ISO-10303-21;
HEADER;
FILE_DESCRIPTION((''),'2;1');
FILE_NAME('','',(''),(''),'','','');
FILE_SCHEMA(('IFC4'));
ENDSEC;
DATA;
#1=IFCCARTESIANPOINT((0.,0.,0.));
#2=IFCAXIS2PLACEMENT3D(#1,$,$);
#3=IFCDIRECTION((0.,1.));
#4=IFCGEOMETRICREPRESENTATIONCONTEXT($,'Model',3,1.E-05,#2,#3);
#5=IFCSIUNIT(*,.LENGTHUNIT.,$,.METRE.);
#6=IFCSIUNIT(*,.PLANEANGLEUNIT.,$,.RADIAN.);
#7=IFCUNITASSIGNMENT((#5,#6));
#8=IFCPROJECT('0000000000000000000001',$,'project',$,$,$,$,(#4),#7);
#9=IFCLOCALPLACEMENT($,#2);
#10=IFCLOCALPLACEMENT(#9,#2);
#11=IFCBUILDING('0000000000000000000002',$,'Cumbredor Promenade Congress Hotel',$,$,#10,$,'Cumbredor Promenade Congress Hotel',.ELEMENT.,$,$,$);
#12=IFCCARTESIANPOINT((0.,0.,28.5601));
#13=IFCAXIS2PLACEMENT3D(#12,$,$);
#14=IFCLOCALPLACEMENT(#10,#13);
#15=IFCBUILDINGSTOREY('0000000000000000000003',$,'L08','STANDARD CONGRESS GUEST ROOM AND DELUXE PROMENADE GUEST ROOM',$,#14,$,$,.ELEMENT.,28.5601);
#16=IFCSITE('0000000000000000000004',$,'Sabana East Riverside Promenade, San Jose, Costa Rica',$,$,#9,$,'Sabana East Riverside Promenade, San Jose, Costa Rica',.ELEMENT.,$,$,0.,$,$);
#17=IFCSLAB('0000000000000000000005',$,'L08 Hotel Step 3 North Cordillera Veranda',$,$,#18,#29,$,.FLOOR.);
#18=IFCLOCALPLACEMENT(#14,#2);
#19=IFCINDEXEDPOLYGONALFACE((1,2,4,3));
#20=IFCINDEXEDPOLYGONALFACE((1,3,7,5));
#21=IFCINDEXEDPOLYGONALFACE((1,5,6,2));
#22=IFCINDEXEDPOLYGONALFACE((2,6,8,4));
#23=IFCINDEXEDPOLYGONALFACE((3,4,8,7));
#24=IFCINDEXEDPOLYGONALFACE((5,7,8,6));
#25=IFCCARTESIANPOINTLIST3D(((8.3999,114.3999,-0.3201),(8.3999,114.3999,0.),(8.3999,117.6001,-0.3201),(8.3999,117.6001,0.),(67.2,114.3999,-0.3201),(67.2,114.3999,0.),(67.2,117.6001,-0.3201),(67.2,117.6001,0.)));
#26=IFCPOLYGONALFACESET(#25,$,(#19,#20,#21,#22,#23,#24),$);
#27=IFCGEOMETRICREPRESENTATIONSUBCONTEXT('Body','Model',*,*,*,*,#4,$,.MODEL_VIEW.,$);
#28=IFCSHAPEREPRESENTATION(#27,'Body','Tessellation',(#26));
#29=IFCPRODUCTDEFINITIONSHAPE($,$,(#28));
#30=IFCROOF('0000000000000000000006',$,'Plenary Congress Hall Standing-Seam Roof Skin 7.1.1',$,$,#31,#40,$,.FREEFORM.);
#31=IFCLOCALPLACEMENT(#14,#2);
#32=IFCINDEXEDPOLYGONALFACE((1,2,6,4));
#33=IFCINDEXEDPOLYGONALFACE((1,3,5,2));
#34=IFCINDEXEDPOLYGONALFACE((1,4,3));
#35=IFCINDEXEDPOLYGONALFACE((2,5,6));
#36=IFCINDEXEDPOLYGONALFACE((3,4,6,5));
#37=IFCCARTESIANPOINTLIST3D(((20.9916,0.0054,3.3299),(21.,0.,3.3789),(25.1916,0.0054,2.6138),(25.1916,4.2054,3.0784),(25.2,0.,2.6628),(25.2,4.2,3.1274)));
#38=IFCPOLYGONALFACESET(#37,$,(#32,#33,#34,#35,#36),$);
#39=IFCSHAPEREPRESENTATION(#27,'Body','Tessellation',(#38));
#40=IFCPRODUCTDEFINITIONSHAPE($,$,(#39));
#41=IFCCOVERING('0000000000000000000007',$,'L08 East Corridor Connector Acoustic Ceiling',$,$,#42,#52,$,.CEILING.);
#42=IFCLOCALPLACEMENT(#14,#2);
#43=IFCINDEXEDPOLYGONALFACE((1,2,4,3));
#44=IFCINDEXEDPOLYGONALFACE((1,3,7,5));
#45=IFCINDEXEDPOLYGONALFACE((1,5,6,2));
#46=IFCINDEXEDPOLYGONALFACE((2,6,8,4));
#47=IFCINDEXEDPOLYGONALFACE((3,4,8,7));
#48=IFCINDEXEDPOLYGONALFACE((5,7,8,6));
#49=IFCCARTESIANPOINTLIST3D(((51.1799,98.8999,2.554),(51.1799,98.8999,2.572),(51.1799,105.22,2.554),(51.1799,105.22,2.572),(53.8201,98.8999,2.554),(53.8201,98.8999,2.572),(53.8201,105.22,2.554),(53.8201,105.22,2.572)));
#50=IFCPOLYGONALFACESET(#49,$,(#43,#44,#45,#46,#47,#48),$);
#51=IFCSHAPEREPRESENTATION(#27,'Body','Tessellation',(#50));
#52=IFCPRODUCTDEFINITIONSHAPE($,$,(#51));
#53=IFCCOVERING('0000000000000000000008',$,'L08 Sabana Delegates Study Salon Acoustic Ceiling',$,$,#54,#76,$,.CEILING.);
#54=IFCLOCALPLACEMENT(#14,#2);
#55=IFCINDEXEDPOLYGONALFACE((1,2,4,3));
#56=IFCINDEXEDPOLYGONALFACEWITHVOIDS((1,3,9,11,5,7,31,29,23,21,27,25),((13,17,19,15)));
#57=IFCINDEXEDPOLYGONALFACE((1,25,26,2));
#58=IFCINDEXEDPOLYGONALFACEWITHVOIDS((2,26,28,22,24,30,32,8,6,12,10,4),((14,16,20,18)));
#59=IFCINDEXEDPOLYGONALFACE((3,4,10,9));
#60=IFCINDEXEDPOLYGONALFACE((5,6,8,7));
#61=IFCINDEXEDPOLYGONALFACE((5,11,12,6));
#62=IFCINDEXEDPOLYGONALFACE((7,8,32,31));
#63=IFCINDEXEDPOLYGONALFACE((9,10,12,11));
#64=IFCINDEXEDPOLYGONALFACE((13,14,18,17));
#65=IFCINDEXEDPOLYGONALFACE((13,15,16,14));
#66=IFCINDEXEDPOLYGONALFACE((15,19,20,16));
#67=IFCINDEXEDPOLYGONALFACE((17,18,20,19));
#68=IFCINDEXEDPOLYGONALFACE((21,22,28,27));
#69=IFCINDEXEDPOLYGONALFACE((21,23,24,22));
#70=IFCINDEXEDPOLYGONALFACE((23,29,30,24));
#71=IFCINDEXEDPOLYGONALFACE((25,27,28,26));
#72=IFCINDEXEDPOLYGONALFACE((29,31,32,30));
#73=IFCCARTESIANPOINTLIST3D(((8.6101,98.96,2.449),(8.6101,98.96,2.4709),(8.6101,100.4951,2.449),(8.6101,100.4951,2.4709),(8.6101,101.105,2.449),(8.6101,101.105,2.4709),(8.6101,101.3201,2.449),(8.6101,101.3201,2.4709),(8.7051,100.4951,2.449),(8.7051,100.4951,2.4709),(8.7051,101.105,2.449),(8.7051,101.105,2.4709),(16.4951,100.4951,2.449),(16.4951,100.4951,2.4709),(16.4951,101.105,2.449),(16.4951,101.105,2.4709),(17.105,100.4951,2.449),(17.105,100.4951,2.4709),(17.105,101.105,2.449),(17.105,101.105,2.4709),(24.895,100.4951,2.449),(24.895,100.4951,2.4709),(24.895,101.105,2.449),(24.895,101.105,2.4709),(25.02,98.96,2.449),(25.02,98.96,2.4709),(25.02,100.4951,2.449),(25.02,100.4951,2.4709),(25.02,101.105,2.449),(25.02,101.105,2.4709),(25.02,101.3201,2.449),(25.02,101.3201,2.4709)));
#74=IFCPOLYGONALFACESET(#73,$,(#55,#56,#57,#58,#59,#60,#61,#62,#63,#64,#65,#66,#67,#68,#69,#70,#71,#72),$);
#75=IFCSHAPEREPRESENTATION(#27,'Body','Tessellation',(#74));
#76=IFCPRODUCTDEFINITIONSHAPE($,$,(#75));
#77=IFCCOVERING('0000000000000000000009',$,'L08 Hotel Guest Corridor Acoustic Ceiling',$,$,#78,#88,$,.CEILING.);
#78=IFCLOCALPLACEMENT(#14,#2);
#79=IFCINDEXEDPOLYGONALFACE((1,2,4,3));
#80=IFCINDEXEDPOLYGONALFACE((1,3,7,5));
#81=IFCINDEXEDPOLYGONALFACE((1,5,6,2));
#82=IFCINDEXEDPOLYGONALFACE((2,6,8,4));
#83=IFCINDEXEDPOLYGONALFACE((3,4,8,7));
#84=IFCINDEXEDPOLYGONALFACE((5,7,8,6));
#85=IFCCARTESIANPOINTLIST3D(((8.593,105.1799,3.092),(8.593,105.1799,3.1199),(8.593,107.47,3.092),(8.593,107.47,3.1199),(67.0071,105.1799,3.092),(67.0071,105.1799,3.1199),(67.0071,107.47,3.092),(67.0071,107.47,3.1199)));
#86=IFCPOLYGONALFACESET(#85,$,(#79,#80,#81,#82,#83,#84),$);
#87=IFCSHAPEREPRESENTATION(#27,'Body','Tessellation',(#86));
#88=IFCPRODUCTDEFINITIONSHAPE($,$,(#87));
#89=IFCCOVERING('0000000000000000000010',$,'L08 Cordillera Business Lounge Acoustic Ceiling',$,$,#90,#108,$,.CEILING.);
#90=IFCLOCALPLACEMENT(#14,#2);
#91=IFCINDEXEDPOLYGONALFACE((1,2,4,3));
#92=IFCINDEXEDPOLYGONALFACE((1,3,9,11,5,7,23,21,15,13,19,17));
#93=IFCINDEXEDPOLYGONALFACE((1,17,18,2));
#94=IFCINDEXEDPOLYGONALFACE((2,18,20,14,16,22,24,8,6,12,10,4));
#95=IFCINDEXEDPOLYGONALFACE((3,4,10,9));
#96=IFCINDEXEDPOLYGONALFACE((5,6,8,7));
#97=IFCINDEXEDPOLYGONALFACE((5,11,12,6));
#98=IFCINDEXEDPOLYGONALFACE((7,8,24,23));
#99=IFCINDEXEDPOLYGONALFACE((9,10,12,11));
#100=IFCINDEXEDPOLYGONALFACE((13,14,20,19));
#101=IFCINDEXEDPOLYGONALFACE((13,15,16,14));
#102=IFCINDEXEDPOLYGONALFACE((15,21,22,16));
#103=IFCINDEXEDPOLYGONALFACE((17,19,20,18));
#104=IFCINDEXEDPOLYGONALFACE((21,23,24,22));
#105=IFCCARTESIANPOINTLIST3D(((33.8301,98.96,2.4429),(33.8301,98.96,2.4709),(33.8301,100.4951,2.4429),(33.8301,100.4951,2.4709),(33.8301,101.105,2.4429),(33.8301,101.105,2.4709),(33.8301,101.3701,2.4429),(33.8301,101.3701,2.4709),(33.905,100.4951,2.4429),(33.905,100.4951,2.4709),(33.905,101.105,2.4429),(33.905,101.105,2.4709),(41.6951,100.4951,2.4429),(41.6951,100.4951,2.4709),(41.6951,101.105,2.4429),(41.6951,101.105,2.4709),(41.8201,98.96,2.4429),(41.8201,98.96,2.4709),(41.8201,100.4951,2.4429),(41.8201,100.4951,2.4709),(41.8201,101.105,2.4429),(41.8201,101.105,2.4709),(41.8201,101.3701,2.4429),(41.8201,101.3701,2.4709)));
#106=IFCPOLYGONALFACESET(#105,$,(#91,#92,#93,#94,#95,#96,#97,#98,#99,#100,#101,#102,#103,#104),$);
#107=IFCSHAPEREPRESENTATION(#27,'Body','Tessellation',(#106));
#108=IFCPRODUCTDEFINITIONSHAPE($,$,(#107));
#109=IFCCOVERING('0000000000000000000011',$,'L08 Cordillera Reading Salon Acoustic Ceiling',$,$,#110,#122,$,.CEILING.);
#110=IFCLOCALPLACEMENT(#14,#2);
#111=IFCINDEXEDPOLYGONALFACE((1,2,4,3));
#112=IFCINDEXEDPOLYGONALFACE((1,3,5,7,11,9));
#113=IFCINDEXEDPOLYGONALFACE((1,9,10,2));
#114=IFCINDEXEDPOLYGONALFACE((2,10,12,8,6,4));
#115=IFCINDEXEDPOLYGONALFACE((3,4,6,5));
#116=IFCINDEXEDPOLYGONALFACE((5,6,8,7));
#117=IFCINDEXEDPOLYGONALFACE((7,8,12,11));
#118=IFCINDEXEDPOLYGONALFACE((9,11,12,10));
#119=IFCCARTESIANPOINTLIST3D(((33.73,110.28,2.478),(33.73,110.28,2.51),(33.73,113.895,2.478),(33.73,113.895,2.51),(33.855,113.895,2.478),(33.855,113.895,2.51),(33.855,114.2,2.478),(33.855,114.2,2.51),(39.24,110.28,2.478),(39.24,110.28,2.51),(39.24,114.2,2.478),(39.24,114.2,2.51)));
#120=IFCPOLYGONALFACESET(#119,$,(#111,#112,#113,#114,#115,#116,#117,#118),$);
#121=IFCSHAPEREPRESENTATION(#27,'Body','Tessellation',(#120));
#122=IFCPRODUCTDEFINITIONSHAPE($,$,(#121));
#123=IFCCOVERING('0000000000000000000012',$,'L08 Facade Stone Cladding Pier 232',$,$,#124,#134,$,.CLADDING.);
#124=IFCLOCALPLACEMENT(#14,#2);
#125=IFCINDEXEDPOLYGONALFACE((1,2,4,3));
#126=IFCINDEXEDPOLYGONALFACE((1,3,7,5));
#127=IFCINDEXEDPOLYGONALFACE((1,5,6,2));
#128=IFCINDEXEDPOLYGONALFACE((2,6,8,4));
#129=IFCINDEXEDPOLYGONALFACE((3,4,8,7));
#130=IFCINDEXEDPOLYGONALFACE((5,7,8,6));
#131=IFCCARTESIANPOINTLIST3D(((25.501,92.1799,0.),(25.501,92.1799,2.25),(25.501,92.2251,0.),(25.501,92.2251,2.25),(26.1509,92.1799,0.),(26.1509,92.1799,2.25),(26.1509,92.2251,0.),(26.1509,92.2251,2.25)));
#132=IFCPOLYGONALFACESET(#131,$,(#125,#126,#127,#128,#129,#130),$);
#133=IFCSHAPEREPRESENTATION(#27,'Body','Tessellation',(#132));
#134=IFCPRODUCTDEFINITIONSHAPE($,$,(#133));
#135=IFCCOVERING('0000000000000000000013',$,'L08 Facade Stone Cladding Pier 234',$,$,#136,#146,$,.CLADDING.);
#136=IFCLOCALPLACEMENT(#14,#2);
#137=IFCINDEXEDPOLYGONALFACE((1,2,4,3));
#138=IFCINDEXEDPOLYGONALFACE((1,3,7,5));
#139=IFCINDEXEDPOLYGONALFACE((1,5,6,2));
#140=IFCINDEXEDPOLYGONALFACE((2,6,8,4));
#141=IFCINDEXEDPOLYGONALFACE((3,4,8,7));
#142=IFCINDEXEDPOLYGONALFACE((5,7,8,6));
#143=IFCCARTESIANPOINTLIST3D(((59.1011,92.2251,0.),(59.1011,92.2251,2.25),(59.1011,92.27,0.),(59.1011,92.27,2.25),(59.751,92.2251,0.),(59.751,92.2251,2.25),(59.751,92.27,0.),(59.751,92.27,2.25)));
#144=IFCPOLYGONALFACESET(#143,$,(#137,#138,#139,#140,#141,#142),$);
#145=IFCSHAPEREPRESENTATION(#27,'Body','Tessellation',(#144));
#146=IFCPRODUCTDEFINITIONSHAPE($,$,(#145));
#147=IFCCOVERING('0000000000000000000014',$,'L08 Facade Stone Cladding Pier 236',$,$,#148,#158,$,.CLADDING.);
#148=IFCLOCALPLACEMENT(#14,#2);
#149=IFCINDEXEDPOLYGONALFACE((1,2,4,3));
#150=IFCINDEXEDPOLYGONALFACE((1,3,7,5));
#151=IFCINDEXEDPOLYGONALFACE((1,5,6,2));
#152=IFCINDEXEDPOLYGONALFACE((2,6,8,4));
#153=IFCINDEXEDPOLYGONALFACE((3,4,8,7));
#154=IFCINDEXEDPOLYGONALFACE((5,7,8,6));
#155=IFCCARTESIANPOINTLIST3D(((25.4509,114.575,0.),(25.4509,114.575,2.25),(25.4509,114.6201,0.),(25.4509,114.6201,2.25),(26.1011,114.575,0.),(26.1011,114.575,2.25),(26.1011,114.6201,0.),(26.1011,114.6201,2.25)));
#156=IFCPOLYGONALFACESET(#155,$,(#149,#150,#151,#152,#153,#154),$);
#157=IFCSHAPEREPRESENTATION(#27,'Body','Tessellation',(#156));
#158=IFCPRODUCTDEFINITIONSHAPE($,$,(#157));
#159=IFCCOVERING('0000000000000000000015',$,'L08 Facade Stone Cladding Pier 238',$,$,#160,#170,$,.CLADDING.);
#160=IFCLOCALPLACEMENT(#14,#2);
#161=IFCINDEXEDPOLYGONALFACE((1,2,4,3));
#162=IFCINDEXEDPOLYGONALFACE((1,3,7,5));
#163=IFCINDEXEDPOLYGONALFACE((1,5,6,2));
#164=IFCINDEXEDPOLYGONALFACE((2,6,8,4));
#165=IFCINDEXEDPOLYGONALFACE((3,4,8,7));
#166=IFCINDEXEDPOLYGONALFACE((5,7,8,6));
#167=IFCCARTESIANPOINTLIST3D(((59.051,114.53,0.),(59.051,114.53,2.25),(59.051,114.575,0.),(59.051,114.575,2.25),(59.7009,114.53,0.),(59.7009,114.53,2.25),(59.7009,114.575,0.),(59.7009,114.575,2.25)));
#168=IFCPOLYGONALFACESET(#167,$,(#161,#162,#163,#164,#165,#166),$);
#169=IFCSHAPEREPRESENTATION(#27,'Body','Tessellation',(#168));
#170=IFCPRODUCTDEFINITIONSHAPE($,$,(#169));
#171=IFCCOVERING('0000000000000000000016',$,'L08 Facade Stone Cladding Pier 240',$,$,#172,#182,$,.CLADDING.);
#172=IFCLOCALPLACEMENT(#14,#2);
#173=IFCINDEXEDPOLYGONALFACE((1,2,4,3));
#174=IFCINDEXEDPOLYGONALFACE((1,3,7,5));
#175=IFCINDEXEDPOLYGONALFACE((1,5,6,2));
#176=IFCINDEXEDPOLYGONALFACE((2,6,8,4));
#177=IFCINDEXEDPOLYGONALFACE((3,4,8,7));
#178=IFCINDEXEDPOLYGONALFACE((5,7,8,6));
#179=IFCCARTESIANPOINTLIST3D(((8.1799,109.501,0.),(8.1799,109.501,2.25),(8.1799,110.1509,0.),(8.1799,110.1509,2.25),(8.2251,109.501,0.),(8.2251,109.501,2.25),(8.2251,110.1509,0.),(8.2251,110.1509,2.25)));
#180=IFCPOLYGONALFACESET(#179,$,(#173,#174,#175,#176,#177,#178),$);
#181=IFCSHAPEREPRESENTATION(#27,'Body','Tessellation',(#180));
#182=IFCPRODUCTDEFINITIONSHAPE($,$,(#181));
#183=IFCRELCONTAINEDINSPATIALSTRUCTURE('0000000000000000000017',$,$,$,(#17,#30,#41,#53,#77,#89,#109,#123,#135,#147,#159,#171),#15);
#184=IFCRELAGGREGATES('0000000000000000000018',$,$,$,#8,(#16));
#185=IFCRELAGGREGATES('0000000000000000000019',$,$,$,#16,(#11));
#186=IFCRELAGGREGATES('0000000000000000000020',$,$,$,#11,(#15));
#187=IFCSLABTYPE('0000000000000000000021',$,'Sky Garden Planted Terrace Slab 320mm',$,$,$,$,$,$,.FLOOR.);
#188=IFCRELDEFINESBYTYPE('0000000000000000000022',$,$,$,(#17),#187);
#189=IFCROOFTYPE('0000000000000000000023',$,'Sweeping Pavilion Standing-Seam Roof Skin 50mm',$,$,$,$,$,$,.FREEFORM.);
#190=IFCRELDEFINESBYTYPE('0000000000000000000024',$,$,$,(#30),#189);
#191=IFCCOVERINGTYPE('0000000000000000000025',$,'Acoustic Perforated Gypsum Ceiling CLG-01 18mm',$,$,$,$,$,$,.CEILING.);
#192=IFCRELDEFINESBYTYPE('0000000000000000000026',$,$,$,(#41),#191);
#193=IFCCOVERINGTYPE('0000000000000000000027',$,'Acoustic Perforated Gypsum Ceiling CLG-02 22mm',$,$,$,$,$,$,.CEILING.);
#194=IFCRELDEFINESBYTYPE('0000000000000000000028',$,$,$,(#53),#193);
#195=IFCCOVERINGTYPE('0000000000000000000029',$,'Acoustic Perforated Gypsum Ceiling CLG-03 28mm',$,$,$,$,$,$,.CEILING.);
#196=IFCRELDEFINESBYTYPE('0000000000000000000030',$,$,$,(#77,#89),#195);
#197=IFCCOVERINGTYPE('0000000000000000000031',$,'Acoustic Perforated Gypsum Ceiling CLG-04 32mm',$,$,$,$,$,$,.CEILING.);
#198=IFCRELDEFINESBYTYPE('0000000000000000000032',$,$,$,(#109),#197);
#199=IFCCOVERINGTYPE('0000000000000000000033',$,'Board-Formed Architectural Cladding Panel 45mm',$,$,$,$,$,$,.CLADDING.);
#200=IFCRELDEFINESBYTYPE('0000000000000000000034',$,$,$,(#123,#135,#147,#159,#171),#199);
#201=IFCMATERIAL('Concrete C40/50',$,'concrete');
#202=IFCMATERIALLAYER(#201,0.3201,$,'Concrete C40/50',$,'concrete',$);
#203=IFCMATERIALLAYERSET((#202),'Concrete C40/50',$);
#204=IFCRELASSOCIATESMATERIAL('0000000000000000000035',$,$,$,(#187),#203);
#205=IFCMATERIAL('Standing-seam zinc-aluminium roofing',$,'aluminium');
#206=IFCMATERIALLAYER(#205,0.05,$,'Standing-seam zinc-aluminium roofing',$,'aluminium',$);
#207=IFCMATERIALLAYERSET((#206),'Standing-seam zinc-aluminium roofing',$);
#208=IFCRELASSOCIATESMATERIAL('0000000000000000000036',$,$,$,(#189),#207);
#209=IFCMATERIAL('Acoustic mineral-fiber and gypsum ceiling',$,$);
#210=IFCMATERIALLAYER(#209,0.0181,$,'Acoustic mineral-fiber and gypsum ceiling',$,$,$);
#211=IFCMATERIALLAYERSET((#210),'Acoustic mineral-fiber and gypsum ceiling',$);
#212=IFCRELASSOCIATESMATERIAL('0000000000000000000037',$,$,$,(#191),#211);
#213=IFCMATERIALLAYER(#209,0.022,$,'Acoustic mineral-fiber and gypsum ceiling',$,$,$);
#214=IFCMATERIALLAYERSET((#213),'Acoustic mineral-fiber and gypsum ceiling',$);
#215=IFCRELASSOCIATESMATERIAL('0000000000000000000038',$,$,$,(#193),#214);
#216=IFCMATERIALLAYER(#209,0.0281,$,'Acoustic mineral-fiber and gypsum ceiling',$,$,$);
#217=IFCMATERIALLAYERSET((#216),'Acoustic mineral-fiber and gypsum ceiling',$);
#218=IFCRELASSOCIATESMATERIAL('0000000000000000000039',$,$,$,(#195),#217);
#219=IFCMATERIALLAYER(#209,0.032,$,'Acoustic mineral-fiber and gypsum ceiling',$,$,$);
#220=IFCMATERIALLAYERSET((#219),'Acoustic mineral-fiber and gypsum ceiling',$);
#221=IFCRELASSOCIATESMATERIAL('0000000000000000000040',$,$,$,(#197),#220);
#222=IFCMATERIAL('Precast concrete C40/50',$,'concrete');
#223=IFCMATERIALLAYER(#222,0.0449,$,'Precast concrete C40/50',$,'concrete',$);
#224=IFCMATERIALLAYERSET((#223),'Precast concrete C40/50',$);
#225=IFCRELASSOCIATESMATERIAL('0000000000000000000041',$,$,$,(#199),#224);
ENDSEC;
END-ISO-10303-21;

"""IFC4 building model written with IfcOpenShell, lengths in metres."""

from ifc_helpers import new_model, si_unit, direction, frame, origin, place, context, subcontext, project, spatial, polyline, outline, extrude, material, layer, layer_set, type_object, element, save


model = new_model("IFC4")

# Units and contexts
model_context = context("Model", 3, precision=1e-05, world=origin(), true_north=direction((0.0, 1.0)))
body_context = subcontext(model_context, "Body", "Model", "MODEL_VIEW")
ifc_project = project(units=[si_unit("LENGTHUNIT", "METRE"), si_unit("PLANEANGLEUNIT", "RADIAN")], contexts=[model_context])

# Site, building, storey
site_placement = place(None, origin())
site = spatial("IfcSite", under=ifc_project, at=site_placement, Name="Sabana East Riverside Promenade, San Jose, Costa Rica", LongName="Sabana East Riverside Promenade, San Jose, Costa Rica", CompositionType="ELEMENT", RefElevation=0.0)
building_placement = place(site_placement, origin())
building = spatial("IfcBuilding", under=site, at=building_placement, Name="Cumbredor Promenade Congress Hotel", LongName="Cumbredor Promenade Congress Hotel", CompositionType="ELEMENT")
storey_placement = place(building_placement, frame((0.0, 0.0, 28.5601)))
storey = spatial("IfcBuildingStorey", under=building, at=storey_placement, Name="L08", Description="STANDARD CONGRESS GUEST ROOM AND DELUXE PROMENADE GUEST ROOM", CompositionType="ELEMENT", Elevation=28.5601)

# Shared definitions
ifc_material_1 = material(Name="Concrete C40/50", Category="concrete")

# Slab
ifc_layer_1 = layer(ifc_material_1, 0.3201, Name="Concrete C40/50", Category="concrete")
ifc_layer_set_1 = layer_set([ifc_layer_1], Name="Concrete C40/50")
slab_type_1 = type_object("IfcSlabType", Name="Sky Garden Planted Terrace Slab 320mm", PredefinedType="FLOOR", material=ifc_layer_set_1)
slab_1_placement = place(storey_placement, frame((0.0, 0.0, -0.3201)))
element("IfcSlab", 1, at=slab_1_placement, inside=storey, type_object=slab_type_1, Name="L08 Hotel Step 3 North Cordillera Veranda", PredefinedType="FLOOR", context=body_context, shape_type="SweptSolid", body=[
    extrude(outline(polyline([(8.3999, 114.3999), (67.2, 114.3999), (67.2, 117.6001), (8.3999, 117.6001), (8.3999, 114.3999)])), origin(), (0.0, 0.0, 1.0), 0.3201),
])

# Roof
ifc_material_2 = material(Name="Standing-seam zinc-aluminium roofing", Category="aluminium")
ifc_layer_2 = layer(ifc_material_2, 0.05, Name="Standing-seam zinc-aluminium roofing", Category="aluminium")
ifc_layer_set_2 = layer_set([ifc_layer_2], Name="Standing-seam zinc-aluminium roofing")
roof_type = type_object("IfcRoofType", Name="Sweeping Pavilion Standing-Seam Roof Skin 50mm", PredefinedType="FREEFORM", material=ifc_layer_set_2)
roof_placement = place(storey_placement, frame((21.0, 0.0, 3.3789), z_axis=(0.167078, -0.108404, 0.979966), x_axis=(0.985775, 0.0, -0.168068)))
element("IfcRoof", 2, at=roof_placement, inside=storey, type_object=roof_type, Name="Plenary Congress Hall Standing-Seam Roof Skin 7.1.1", PredefinedType="FREEFORM", context=body_context, shape_type="SweptSolid", body=[
    extrude(outline(polyline([(0.0, 0.0), (4.2606, 0.0), (4.1825, 4.2248), (0.0, 0.0)])), origin(), (0.0, 0.0, -1.0), 0.05),
])

# Coverings
ifc_material_3 = material(Name="Acoustic mineral-fiber and gypsum ceiling")
ifc_layer_3 = layer(ifc_material_3, 0.0181, Name="Acoustic mineral-fiber and gypsum ceiling")
ifc_layer_set_3 = layer_set([ifc_layer_3], Name="Acoustic mineral-fiber and gypsum ceiling")
covering_type_1 = type_object("IfcCoveringType", Name="Acoustic Perforated Gypsum Ceiling CLG-01 18mm", PredefinedType="CEILING", material=ifc_layer_set_3)
covering_1_placement = place(storey_placement, frame((0.0, 0.0, 2.554)))
element("IfcCovering", 3, at=covering_1_placement, inside=storey, type_object=covering_type_1, Name="L08 East Corridor Connector Acoustic Ceiling", PredefinedType="CEILING", context=body_context, shape_type="SweptSolid", body=[
    extrude(outline(polyline([(53.8201, 98.8999), (53.8201, 105.22), (51.1799, 105.22), (51.1799, 98.8999), (53.8201, 98.8999)])), origin(), (0.0, 0.0, 1.0), 0.0181),
])
ifc_layer_4 = layer(ifc_material_3, 0.022, Name="Acoustic mineral-fiber and gypsum ceiling")
ifc_layer_set_4 = layer_set([ifc_layer_4], Name="Acoustic mineral-fiber and gypsum ceiling")
covering_type_2 = type_object("IfcCoveringType", Name="Acoustic Perforated Gypsum Ceiling CLG-02 22mm", PredefinedType="CEILING", material=ifc_layer_set_4)
covering_2_placement = place(storey_placement, frame((0.0, 0.0, 2.449)))
element("IfcCovering", 4, at=covering_2_placement, inside=storey, type_object=covering_type_2, Name="L08 Sabana Delegates Study Salon Acoustic Ceiling", PredefinedType="CEILING", context=body_context, shape_type="SweptSolid", body=[
    extrude(outline(polyline([(25.02, 101.105), (24.895, 101.105), (24.895, 100.4951), (25.02, 100.4951), (25.02, 98.96), (8.6101, 98.96), (8.6101, 100.4951), (8.7051, 100.4951), (8.7051, 101.105), (8.6101, 101.105), (8.6101, 101.3201), (25.02, 101.3201), (25.02, 101.105)]), holes=[polyline([(16.4951, 101.105), (16.4951, 100.4951), (17.105, 100.4951), (17.105, 101.105), (16.4951, 101.105)])]), origin(), (0.0, 0.0, 1.0), 0.022),
])
ifc_layer_5 = layer(ifc_material_3, 0.0281, Name="Acoustic mineral-fiber and gypsum ceiling")
ifc_layer_set_5 = layer_set([ifc_layer_5], Name="Acoustic mineral-fiber and gypsum ceiling")
covering_type_3 = type_object("IfcCoveringType", Name="Acoustic Perforated Gypsum Ceiling CLG-03 28mm", PredefinedType="CEILING", material=ifc_layer_set_5)
covering_3_placement = place(storey_placement, frame((0.0, 0.0, 3.092)))
element("IfcCovering", 5, at=covering_3_placement, inside=storey, type_object=covering_type_3, Name="L08 Hotel Guest Corridor Acoustic Ceiling", PredefinedType="CEILING", context=body_context, shape_type="SweptSolid", body=[
    extrude(outline(polyline([(67.0071, 105.1799), (67.0071, 107.47), (8.593, 107.47), (8.593, 105.1799), (67.0071, 105.1799)])), origin(), (0.0, 0.0, 1.0), 0.0278),
])
covering_4_placement = place(storey_placement, frame((0.0, 0.0, 2.4429)))
element("IfcCovering", 6, at=covering_4_placement, inside=storey, type_object=covering_type_3, Name="L08 Cordillera Business Lounge Acoustic Ceiling", PredefinedType="CEILING", context=body_context, shape_type="SweptSolid", body=[
    extrude(outline(polyline([(41.8201, 101.3701), (41.8201, 101.105), (41.6951, 101.105), (41.6951, 100.4951), (41.8201, 100.4951), (41.8201, 98.96), (33.8301, 98.96), (33.8301, 100.4951), (33.905, 100.4951), (33.905, 101.105), (33.8301, 101.105), (33.8301, 101.3701), (41.8201, 101.3701)])), origin(), (0.0, 0.0, 1.0), 0.0281),
])
ifc_layer_6 = layer(ifc_material_3, 0.032, Name="Acoustic mineral-fiber and gypsum ceiling")
ifc_layer_set_6 = layer_set([ifc_layer_6], Name="Acoustic mineral-fiber and gypsum ceiling")
covering_type_4 = type_object("IfcCoveringType", Name="Acoustic Perforated Gypsum Ceiling CLG-04 32mm", PredefinedType="CEILING", material=ifc_layer_set_6)
covering_5_placement = place(storey_placement, frame((0.0, 0.0, 2.478)))
element("IfcCovering", 7, at=covering_5_placement, inside=storey, type_object=covering_type_4, Name="L08 Cordillera Reading Salon Acoustic Ceiling", PredefinedType="CEILING", context=body_context, shape_type="SweptSolid", body=[
    extrude(outline(polyline([(39.24, 114.2), (39.24, 110.28), (33.73, 110.28), (33.73, 113.895), (33.855, 113.895), (33.855, 114.2), (39.24, 114.2)])), origin(), (0.0, 0.0, 1.0), 0.032),
])
ifc_material_4 = material(Name="Precast concrete C40/50", Category="concrete")
ifc_layer_7 = layer(ifc_material_4, 0.0449, Name="Precast concrete C40/50", Category="concrete")
ifc_layer_set_7 = layer_set([ifc_layer_7], Name="Precast concrete C40/50")
covering_type_5 = type_object("IfcCoveringType", Name="Board-Formed Architectural Cladding Panel 45mm", PredefinedType="CLADDING", material=ifc_layer_set_7)
covering_6_placement = place(storey_placement, origin())
element("IfcCovering", 8, at=covering_6_placement, inside=storey, type_object=covering_type_5, Name="L08 Facade Stone Cladding Pier 232", PredefinedType="CLADDING", context=body_context, shape_type="SweptSolid", body=[
    extrude(outline(polyline([(25.501, 92.2251), (26.1509, 92.2251), (26.1509, 92.1799), (25.501, 92.1799), (25.501, 92.2251)])), origin(), (0.0, 0.0, 1.0), 2.25),
])
covering_7_placement = place(storey_placement, origin())
element("IfcCovering", 9, at=covering_7_placement, inside=storey, type_object=covering_type_5, Name="L08 Facade Stone Cladding Pier 234", PredefinedType="CLADDING", context=body_context, shape_type="SweptSolid", body=[
    extrude(outline(polyline([(59.1011, 92.27), (59.751, 92.27), (59.751, 92.2251), (59.1011, 92.2251), (59.1011, 92.27)])), origin(), (0.0, 0.0, 1.0), 2.25),
])
covering_8_placement = place(storey_placement, origin())
element("IfcCovering", 10, at=covering_8_placement, inside=storey, type_object=covering_type_5, Name="L08 Facade Stone Cladding Pier 236", PredefinedType="CLADDING", context=body_context, shape_type="SweptSolid", body=[
    extrude(outline(polyline([(25.4509, 114.575), (26.1011, 114.575), (26.1011, 114.6201), (25.4509, 114.6201), (25.4509, 114.575)])), origin(), (0.0, 0.0, 1.0), 2.25),
])
covering_9_placement = place(storey_placement, origin())
element("IfcCovering", 11, at=covering_9_placement, inside=storey, type_object=covering_type_5, Name="L08 Facade Stone Cladding Pier 238", PredefinedType="CLADDING", context=body_context, shape_type="SweptSolid", body=[
    extrude(outline(polyline([(59.051, 114.53), (59.7009, 114.53), (59.7009, 114.575), (59.051, 114.575), (59.051, 114.53)])), origin(), (0.0, 0.0, 1.0), 2.25),
])
covering_10_placement = place(storey_placement, origin())
element("IfcCovering", 12, at=covering_10_placement, inside=storey, type_object=covering_type_5, Name="L08 Facade Stone Cladding Pier 240", PredefinedType="CLADDING", context=body_context, shape_type="SweptSolid", body=[
    extrude(outline(polyline([(8.2251, 109.501), (8.2251, 110.1509), (8.1799, 110.1509), (8.1799, 109.501), (8.2251, 109.501)])), origin(), (0.0, 0.0, 1.0), 2.25),
])

save(model, "model.ifc")
